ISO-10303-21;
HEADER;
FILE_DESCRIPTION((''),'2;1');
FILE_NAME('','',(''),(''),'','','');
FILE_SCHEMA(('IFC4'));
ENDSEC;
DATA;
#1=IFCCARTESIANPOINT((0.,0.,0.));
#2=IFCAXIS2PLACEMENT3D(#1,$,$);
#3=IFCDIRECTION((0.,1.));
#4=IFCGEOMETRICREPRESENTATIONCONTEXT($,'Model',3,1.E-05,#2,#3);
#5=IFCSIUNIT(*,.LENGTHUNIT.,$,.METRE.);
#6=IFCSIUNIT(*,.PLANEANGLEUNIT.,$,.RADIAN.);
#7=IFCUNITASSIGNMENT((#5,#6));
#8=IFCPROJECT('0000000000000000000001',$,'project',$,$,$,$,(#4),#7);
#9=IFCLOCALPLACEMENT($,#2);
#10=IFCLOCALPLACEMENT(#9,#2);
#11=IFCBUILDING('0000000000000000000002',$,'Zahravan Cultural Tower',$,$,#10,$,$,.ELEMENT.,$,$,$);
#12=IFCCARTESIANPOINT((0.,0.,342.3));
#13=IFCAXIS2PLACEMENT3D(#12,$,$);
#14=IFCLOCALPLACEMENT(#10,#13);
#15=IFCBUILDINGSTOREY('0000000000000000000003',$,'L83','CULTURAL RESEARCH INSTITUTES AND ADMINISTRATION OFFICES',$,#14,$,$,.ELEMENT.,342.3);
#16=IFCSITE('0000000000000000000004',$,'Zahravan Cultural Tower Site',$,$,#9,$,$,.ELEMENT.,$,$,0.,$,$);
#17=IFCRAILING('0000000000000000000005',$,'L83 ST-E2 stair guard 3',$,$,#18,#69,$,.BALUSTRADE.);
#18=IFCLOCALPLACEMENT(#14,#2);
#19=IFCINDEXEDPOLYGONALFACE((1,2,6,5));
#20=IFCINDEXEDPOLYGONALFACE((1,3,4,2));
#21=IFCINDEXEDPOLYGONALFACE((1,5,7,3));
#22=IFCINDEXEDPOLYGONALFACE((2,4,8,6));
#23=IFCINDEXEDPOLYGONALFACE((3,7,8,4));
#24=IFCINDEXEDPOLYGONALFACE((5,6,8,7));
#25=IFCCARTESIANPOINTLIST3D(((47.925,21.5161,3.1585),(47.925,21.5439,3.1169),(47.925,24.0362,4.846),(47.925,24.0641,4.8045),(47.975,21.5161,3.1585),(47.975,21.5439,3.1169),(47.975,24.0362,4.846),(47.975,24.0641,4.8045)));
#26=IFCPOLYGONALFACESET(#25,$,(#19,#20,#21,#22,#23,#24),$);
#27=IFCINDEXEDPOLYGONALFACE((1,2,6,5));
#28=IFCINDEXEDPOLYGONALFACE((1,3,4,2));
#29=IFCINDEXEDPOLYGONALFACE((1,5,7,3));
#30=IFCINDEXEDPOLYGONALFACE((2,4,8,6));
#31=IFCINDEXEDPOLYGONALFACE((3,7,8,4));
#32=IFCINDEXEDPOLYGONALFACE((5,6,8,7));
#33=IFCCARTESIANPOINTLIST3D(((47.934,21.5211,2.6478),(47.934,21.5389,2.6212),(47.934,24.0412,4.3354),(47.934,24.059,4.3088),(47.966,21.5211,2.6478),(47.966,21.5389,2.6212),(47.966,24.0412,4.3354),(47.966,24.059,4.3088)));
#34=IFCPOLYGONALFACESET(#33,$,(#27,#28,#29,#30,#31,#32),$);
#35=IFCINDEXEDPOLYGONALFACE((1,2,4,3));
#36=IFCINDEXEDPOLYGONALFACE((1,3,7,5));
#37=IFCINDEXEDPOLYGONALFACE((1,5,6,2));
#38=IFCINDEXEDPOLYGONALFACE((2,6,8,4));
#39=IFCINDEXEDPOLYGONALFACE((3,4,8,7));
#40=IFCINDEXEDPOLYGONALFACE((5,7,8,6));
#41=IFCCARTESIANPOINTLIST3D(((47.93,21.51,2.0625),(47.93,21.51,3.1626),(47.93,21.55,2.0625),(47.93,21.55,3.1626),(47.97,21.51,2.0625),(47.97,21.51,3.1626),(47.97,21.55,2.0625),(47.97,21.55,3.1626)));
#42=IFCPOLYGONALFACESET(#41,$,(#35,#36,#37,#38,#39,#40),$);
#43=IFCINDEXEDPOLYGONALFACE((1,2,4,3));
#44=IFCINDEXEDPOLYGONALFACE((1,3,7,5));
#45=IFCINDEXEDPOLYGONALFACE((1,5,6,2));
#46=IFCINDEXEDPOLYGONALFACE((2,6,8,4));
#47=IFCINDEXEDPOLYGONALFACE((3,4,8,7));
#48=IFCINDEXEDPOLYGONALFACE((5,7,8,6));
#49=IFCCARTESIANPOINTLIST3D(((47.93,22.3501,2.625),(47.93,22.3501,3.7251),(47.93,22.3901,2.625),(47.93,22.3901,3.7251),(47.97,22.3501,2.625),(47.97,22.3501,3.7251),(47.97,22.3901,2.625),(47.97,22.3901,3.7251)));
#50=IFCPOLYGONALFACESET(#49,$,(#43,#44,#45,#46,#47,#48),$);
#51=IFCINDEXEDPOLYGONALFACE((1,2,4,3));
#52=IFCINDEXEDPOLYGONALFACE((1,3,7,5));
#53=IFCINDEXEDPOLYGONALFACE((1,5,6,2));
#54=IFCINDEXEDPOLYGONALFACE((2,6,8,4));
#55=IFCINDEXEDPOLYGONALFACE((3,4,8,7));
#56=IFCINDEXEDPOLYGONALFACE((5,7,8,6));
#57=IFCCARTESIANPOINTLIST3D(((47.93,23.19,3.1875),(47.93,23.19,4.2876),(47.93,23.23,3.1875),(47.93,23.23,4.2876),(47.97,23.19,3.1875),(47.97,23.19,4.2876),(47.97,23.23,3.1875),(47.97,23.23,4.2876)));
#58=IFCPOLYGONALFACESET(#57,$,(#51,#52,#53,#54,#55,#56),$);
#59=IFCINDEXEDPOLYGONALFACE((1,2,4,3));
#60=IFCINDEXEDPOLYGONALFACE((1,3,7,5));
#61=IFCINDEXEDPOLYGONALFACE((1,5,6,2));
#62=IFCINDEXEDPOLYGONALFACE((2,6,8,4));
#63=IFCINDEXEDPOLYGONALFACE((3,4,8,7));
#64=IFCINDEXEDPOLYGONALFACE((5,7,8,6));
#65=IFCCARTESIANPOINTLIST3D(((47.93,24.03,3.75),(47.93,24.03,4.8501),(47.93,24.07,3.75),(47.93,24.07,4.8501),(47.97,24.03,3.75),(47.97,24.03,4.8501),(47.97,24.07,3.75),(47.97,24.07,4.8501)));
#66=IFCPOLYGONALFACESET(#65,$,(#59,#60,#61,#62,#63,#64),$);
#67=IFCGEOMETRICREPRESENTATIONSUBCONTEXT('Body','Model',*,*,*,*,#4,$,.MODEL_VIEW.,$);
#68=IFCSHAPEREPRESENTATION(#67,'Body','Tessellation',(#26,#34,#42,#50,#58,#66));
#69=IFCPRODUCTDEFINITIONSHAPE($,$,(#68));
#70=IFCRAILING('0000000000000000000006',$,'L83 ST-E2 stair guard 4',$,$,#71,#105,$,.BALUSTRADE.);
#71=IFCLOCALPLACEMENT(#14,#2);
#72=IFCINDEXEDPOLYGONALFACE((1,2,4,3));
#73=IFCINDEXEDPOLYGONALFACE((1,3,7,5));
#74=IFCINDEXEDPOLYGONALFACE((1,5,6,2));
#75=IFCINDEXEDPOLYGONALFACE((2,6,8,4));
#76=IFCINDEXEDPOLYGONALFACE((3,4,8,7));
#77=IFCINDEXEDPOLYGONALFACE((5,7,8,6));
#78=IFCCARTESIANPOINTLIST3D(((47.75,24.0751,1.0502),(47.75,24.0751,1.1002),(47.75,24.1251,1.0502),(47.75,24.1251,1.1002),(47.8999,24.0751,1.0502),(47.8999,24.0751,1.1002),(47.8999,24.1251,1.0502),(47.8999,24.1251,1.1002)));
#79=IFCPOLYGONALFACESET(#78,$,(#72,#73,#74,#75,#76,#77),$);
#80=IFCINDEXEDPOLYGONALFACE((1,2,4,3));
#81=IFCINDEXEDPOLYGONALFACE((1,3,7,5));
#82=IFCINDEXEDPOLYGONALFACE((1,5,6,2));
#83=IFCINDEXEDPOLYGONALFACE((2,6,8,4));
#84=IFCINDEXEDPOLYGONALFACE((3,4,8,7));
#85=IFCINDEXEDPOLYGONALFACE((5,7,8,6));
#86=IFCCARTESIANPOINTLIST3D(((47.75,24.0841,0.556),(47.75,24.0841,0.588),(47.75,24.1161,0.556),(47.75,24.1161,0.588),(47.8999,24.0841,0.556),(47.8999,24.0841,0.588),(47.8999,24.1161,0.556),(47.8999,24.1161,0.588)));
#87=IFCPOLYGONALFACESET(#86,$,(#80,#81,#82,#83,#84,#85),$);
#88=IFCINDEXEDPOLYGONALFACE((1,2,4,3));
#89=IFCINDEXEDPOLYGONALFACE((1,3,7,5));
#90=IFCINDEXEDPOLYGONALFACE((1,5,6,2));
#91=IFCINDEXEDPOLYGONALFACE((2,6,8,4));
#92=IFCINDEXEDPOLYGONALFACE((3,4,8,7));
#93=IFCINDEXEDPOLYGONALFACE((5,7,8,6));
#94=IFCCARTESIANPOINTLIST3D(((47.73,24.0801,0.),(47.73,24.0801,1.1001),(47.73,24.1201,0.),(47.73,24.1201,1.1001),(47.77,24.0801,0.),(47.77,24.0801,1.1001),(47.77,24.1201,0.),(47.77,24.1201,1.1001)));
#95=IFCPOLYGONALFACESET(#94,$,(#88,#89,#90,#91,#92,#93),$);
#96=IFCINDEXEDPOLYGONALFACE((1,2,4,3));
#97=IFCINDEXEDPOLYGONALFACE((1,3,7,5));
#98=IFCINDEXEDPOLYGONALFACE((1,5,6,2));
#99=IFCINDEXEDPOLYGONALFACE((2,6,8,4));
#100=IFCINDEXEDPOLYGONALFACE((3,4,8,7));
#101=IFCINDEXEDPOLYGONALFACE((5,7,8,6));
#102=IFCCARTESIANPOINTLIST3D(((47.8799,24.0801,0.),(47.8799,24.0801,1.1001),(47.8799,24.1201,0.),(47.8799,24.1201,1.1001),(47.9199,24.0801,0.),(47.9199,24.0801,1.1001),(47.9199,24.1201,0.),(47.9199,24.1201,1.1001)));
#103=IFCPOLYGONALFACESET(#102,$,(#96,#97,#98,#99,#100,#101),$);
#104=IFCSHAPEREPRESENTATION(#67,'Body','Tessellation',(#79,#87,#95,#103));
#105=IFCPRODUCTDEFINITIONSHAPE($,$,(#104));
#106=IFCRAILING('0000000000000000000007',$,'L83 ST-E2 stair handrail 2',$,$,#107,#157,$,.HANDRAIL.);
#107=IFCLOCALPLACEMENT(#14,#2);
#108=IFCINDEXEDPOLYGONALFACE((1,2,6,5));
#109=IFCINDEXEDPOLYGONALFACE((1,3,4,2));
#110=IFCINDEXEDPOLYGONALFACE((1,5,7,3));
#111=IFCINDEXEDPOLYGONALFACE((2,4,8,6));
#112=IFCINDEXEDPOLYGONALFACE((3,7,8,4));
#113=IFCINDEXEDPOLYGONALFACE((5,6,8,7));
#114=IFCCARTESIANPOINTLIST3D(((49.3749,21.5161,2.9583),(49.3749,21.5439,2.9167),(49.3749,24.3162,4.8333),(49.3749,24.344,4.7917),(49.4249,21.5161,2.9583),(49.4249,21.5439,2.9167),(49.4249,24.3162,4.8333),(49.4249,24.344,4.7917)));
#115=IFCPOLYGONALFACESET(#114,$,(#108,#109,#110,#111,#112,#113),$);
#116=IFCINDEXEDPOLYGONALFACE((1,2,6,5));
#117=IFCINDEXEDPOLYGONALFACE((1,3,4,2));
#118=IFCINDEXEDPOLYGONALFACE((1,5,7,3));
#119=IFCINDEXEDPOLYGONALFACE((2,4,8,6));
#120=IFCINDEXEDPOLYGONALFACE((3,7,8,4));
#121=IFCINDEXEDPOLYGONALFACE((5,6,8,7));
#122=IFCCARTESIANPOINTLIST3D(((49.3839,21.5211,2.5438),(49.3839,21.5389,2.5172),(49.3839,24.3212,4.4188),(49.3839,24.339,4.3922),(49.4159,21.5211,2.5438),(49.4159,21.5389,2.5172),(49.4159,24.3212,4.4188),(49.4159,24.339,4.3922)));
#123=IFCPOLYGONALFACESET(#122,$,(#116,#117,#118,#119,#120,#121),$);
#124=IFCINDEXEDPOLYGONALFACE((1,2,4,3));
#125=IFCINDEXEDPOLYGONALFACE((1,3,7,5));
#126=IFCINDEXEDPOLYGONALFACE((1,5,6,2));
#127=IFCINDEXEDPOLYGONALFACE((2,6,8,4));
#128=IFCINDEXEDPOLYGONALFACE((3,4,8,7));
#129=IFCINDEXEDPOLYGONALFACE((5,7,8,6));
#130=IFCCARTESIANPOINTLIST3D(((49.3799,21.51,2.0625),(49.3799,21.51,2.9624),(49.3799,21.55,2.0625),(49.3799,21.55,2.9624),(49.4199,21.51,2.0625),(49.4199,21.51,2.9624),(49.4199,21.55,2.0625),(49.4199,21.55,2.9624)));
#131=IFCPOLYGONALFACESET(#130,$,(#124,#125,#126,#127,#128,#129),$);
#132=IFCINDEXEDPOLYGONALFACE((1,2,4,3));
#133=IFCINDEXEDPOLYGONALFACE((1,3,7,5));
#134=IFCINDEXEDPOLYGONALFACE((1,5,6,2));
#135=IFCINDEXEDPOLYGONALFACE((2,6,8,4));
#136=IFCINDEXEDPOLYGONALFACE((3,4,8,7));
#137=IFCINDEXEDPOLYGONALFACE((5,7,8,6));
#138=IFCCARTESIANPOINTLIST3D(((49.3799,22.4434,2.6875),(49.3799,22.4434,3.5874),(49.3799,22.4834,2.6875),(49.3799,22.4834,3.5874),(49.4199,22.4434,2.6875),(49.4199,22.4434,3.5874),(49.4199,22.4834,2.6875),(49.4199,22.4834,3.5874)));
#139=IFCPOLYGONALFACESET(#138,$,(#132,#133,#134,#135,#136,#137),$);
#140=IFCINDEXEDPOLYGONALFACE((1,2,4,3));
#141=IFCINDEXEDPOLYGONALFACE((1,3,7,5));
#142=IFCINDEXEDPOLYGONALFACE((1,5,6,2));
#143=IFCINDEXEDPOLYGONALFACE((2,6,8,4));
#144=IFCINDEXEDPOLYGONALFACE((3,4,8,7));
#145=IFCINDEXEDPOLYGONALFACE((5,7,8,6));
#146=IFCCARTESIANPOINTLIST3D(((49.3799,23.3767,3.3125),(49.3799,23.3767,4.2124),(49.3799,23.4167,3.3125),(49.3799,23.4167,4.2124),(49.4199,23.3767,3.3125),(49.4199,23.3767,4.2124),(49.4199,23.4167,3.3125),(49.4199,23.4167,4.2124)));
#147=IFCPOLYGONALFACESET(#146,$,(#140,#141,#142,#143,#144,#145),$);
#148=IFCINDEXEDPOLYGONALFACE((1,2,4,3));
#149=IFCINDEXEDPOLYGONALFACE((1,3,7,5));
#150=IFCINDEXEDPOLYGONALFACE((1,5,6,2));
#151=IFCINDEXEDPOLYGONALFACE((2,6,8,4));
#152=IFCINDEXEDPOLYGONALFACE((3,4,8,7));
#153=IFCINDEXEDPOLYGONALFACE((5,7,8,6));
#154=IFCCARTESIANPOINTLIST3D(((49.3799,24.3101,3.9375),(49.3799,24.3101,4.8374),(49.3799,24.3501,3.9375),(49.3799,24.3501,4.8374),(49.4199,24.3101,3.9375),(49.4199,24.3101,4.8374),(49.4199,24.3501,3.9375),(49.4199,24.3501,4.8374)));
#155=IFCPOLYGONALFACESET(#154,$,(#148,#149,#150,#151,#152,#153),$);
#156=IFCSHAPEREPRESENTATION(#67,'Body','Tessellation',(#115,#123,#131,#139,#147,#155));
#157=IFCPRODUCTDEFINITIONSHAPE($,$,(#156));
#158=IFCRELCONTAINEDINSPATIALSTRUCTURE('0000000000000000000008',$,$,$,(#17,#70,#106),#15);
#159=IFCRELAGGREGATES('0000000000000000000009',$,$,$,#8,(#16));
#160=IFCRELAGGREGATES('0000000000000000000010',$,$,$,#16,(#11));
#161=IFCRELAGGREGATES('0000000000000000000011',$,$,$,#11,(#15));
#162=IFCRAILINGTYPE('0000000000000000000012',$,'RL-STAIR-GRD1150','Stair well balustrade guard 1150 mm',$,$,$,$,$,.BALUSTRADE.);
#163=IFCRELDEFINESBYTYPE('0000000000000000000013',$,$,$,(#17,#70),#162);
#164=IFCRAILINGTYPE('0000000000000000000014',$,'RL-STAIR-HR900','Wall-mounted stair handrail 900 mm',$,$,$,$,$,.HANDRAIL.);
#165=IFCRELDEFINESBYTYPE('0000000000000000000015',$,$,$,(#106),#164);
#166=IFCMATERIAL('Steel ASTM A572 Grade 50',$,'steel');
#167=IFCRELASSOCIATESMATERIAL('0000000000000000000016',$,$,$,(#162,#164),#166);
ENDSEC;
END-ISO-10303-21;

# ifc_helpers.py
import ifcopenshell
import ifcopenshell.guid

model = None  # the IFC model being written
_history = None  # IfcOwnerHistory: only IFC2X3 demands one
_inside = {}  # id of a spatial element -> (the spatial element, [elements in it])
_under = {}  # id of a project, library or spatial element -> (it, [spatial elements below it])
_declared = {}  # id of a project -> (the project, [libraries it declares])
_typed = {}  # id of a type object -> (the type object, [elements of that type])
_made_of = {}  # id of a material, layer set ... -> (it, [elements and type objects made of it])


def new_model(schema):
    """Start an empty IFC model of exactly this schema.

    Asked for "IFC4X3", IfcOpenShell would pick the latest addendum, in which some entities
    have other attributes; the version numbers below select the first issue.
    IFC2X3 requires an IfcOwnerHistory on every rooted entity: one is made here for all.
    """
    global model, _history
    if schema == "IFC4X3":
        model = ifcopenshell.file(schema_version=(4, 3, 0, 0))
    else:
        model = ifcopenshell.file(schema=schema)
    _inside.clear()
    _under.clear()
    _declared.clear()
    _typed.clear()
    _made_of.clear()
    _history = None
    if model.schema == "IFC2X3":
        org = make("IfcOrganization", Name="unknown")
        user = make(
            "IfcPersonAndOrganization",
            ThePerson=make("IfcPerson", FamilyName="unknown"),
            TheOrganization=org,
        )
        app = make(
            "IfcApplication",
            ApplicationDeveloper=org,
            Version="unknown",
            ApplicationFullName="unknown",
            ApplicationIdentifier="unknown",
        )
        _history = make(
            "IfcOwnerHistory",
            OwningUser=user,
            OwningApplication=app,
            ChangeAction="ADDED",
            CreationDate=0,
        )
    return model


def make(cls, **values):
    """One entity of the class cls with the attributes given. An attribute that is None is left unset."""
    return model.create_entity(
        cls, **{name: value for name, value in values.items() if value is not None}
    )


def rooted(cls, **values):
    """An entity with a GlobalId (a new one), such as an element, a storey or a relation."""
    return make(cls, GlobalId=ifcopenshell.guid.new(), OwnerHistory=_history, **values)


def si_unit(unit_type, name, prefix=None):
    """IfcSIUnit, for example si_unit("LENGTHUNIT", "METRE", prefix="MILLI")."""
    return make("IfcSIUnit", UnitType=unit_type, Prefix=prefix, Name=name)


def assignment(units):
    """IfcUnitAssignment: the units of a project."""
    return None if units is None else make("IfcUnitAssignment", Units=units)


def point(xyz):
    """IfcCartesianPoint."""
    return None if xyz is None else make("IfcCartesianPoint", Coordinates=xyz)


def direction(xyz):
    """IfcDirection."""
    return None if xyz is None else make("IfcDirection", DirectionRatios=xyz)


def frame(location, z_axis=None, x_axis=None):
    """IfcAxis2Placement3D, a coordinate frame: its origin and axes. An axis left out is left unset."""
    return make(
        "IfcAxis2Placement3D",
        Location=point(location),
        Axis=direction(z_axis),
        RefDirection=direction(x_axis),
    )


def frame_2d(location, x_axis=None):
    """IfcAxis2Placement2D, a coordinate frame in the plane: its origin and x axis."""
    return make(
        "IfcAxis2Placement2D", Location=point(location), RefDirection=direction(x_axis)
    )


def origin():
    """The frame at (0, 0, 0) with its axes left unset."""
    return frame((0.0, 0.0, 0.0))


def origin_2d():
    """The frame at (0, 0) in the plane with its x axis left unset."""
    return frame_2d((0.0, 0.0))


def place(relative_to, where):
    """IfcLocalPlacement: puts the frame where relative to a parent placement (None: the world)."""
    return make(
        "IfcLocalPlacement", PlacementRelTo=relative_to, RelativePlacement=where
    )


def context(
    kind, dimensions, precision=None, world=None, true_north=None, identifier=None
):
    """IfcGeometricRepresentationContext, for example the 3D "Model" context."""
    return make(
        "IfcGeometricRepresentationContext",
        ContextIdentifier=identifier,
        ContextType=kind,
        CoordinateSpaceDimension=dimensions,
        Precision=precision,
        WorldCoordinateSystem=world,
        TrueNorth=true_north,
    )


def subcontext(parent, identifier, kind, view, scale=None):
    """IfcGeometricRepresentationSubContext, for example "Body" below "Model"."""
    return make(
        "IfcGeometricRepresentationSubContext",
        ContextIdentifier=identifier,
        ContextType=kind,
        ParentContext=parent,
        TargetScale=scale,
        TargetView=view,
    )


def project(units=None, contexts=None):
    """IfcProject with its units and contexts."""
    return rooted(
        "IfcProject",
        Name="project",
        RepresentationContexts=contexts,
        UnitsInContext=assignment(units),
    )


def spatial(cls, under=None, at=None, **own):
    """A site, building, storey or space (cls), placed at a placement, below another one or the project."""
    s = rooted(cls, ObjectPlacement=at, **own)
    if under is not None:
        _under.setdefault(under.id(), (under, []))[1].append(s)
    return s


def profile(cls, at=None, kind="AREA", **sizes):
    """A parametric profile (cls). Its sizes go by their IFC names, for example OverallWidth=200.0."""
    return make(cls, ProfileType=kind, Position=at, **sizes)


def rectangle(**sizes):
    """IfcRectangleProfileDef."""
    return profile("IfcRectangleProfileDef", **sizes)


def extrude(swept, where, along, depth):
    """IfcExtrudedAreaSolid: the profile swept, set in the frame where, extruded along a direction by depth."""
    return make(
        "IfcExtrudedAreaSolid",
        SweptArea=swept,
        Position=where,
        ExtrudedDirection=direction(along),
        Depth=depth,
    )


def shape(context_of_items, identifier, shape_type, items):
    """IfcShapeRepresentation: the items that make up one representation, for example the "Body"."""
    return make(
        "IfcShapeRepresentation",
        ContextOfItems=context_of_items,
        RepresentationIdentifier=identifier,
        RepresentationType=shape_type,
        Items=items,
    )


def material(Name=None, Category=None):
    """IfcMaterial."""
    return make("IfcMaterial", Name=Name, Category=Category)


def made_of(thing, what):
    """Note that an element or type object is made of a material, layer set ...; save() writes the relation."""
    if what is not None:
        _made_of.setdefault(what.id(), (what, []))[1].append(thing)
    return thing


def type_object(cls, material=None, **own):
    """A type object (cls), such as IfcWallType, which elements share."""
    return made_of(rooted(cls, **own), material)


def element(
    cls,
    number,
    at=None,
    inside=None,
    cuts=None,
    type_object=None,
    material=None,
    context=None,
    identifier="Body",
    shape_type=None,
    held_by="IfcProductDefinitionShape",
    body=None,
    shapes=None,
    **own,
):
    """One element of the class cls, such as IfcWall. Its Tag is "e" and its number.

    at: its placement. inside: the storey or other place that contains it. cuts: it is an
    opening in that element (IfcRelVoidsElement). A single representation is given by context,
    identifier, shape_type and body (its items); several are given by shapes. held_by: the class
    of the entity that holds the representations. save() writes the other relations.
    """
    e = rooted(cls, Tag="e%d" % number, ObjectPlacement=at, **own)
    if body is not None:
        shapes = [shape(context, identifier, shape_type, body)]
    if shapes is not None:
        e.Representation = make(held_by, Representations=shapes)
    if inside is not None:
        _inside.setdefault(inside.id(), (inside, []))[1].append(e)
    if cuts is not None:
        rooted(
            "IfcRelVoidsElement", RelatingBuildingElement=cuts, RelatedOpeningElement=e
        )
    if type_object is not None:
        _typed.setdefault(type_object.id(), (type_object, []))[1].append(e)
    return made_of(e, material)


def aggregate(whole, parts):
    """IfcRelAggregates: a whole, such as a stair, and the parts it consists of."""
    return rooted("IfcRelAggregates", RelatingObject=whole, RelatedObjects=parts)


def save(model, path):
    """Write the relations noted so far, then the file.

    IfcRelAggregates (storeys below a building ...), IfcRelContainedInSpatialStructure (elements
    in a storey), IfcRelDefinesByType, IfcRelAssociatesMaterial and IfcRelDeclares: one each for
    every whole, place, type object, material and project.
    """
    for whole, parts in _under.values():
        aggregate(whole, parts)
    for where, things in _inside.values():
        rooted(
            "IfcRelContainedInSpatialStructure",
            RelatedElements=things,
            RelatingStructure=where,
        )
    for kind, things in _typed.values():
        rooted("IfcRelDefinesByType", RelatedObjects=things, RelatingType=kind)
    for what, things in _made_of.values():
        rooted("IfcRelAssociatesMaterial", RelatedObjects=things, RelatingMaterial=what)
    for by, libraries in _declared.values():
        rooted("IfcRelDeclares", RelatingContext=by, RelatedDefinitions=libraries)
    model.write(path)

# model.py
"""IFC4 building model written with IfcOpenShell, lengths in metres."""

from ifc_helpers import new_model, si_unit, direction, frame, origin, origin_2d, place, context, subcontext, project, spatial, rectangle, extrude, material, type_object, element, save


model = new_model("IFC4")

# Units and contexts
model_context = context("Model", 3, precision=1e-05, world=origin(), true_north=direction((0.0, 1.0)))
body_context = subcontext(model_context, "Body", "Model", "MODEL_VIEW")
ifc_project = project(units=[si_unit("LENGTHUNIT", "METRE"), si_unit("PLANEANGLEUNIT", "RADIAN")], contexts=[model_context])

# Site, building, storey
site_placement = place(None, origin())
site = spatial("IfcSite", under=ifc_project, at=site_placement, Name="Zahravan Cultural Tower Site", CompositionType="ELEMENT", RefElevation=0.0)
building_placement = place(site_placement, origin())
building = spatial("IfcBuilding", under=site, at=building_placement, Name="Zahravan Cultural Tower", CompositionType="ELEMENT")
storey_placement = place(building_placement, frame((0.0, 0.0, 342.3)))
storey = spatial("IfcBuildingStorey", under=building, at=storey_placement, Name="L83", Description="CULTURAL RESEARCH INSTITUTES AND ADMINISTRATION OFFICES", CompositionType="ELEMENT", Elevation=342.3)

# Railings
ifc_material_1 = material(Name="Steel ASTM A572 Grade 50", Category="steel")
railing_type_1 = type_object("IfcRailingType", Name="RL-STAIR-GRD1150", Description="Stair well balustrade guard 1150 mm", PredefinedType="BALUSTRADE", material=ifc_material_1)
railing_1_placement = place(storey_placement, frame((47.95, 21.53, 2.0625)))
element("IfcRailing", 1, at=railing_1_placement, inside=storey, type_object=railing_type_1, Name="L83 ST-E2 stair guard 3", PredefinedType="BALUSTRADE", context=body_context, shape_type="SweptSolid", body=[
    extrude(rectangle(XDim=0.05, YDim=0.05, at=origin_2d()), frame((0.0, 0.0, 1.0752), z_axis=(0.0, 0.830909, 0.556408), x_axis=(-1.0, 0.0, 0.0)), (0.0, 0.0, 1.0), 3.033),
    extrude(rectangle(XDim=0.032, YDim=0.032, at=origin_2d()), frame((0.0, 0.0, 0.572), z_axis=(0.0, 0.830909, 0.556408), x_axis=(-1.0, 0.0, 0.0)), (0.0, 0.0, 1.0), 3.033),
    extrude(rectangle(XDim=0.04, YDim=0.04, at=origin_2d()), origin(), (0.0, 0.0, 1.0), 1.1001),
    extrude(rectangle(XDim=0.04, YDim=0.04, at=origin_2d()), frame((0.0, 0.8401, 0.5625)), (0.0, 0.0, 1.0), 1.1001),
    extrude(rectangle(XDim=0.04, YDim=0.04, at=origin_2d()), frame((0.0, 1.6799, 1.125)), (0.0, 0.0, 1.0), 1.1001),
    extrude(rectangle(XDim=0.04, YDim=0.04, at=origin_2d()), frame((0.0, 2.52, 1.6875)), (0.0, 0.0, 1.0), 1.1001),
])
railing_2_placement = place(storey_placement, frame((47.75, 24.1001, 0.0)))
element("IfcRailing", 2, at=railing_2_placement, inside=storey, type_object=railing_type_1, Name="L83 ST-E2 stair guard 4", PredefinedType="BALUSTRADE", context=body_context, shape_type="SweptSolid", body=[
    extrude(rectangle(XDim=0.05, YDim=0.05, at=origin_2d()), frame((0.0, 0.0, 1.0752), z_axis=(1.0, 0.0, 0.0), x_axis=(0.0, 1.0, 0.0)), (0.0, 0.0, 1.0), 0.1499),
    extrude(rectangle(XDim=0.032, YDim=0.032, at=origin_2d()), frame((0.0, 0.0, 0.572), z_axis=(1.0, 0.0, 0.0), x_axis=(0.0, 1.0, 0.0)), (0.0, 0.0, 1.0), 0.1499),
    extrude(rectangle(XDim=0.04, YDim=0.04, at=origin_2d()), origin(), (0.0, 0.0, 1.0), 1.1001),
    extrude(rectangle(XDim=0.04, YDim=0.04, at=origin_2d()), frame((0.1499, 0.0, 0.0)), (0.0, 0.0, 1.0), 1.1001),
])
railing_type_2 = type_object("IfcRailingType", Name="RL-STAIR-HR900", Description="Wall-mounted stair handrail 900 mm", PredefinedType="HANDRAIL", material=ifc_material_1)
railing_3_placement = place(storey_placement, frame((49.3999, 21.53, 2.0625)))
element("IfcRailing", 3, at=railing_3_placement, inside=storey, type_object=railing_type_2, Name="L83 ST-E2 stair handrail 2", PredefinedType="HANDRAIL", context=body_context, shape_type="SweptSolid", body=[
    extrude(rectangle(XDim=0.05, YDim=0.05, at=origin_2d()), frame((0.0, 0.0, 0.875), z_axis=(0.0, 0.830912, 0.556404), x_axis=(-1.0, 0.0, 0.0)), (0.0, 0.0, 1.0), 3.3699),
    extrude(rectangle(XDim=0.032, YDim=0.032, at=origin_2d()), frame((0.0, 0.0, 0.468), z_axis=(0.0, 0.830912, 0.556404), x_axis=(-1.0, 0.0, 0.0)), (0.0, 0.0, 1.0), 3.3699),
    extrude(rectangle(XDim=0.04, YDim=0.04, at=origin_2d()), origin(), (0.0, 0.0, 1.0), 0.8999),
    extrude(rectangle(XDim=0.04, YDim=0.04, at=origin_2d()), frame((0.0, 0.9333, 0.625)), (0.0, 0.0, 1.0), 0.8999),
    extrude(rectangle(XDim=0.04, YDim=0.04, at=origin_2d()), frame((0.0, 1.8667, 1.25)), (0.0, 0.0, 1.0), 0.8999),
    extrude(rectangle(XDim=0.04, YDim=0.04, at=origin_2d()), frame((0.0, 2.8, 1.875)), (0.0, 0.0, 1.0), 0.8999),
])

save(model, "model.ifc")
